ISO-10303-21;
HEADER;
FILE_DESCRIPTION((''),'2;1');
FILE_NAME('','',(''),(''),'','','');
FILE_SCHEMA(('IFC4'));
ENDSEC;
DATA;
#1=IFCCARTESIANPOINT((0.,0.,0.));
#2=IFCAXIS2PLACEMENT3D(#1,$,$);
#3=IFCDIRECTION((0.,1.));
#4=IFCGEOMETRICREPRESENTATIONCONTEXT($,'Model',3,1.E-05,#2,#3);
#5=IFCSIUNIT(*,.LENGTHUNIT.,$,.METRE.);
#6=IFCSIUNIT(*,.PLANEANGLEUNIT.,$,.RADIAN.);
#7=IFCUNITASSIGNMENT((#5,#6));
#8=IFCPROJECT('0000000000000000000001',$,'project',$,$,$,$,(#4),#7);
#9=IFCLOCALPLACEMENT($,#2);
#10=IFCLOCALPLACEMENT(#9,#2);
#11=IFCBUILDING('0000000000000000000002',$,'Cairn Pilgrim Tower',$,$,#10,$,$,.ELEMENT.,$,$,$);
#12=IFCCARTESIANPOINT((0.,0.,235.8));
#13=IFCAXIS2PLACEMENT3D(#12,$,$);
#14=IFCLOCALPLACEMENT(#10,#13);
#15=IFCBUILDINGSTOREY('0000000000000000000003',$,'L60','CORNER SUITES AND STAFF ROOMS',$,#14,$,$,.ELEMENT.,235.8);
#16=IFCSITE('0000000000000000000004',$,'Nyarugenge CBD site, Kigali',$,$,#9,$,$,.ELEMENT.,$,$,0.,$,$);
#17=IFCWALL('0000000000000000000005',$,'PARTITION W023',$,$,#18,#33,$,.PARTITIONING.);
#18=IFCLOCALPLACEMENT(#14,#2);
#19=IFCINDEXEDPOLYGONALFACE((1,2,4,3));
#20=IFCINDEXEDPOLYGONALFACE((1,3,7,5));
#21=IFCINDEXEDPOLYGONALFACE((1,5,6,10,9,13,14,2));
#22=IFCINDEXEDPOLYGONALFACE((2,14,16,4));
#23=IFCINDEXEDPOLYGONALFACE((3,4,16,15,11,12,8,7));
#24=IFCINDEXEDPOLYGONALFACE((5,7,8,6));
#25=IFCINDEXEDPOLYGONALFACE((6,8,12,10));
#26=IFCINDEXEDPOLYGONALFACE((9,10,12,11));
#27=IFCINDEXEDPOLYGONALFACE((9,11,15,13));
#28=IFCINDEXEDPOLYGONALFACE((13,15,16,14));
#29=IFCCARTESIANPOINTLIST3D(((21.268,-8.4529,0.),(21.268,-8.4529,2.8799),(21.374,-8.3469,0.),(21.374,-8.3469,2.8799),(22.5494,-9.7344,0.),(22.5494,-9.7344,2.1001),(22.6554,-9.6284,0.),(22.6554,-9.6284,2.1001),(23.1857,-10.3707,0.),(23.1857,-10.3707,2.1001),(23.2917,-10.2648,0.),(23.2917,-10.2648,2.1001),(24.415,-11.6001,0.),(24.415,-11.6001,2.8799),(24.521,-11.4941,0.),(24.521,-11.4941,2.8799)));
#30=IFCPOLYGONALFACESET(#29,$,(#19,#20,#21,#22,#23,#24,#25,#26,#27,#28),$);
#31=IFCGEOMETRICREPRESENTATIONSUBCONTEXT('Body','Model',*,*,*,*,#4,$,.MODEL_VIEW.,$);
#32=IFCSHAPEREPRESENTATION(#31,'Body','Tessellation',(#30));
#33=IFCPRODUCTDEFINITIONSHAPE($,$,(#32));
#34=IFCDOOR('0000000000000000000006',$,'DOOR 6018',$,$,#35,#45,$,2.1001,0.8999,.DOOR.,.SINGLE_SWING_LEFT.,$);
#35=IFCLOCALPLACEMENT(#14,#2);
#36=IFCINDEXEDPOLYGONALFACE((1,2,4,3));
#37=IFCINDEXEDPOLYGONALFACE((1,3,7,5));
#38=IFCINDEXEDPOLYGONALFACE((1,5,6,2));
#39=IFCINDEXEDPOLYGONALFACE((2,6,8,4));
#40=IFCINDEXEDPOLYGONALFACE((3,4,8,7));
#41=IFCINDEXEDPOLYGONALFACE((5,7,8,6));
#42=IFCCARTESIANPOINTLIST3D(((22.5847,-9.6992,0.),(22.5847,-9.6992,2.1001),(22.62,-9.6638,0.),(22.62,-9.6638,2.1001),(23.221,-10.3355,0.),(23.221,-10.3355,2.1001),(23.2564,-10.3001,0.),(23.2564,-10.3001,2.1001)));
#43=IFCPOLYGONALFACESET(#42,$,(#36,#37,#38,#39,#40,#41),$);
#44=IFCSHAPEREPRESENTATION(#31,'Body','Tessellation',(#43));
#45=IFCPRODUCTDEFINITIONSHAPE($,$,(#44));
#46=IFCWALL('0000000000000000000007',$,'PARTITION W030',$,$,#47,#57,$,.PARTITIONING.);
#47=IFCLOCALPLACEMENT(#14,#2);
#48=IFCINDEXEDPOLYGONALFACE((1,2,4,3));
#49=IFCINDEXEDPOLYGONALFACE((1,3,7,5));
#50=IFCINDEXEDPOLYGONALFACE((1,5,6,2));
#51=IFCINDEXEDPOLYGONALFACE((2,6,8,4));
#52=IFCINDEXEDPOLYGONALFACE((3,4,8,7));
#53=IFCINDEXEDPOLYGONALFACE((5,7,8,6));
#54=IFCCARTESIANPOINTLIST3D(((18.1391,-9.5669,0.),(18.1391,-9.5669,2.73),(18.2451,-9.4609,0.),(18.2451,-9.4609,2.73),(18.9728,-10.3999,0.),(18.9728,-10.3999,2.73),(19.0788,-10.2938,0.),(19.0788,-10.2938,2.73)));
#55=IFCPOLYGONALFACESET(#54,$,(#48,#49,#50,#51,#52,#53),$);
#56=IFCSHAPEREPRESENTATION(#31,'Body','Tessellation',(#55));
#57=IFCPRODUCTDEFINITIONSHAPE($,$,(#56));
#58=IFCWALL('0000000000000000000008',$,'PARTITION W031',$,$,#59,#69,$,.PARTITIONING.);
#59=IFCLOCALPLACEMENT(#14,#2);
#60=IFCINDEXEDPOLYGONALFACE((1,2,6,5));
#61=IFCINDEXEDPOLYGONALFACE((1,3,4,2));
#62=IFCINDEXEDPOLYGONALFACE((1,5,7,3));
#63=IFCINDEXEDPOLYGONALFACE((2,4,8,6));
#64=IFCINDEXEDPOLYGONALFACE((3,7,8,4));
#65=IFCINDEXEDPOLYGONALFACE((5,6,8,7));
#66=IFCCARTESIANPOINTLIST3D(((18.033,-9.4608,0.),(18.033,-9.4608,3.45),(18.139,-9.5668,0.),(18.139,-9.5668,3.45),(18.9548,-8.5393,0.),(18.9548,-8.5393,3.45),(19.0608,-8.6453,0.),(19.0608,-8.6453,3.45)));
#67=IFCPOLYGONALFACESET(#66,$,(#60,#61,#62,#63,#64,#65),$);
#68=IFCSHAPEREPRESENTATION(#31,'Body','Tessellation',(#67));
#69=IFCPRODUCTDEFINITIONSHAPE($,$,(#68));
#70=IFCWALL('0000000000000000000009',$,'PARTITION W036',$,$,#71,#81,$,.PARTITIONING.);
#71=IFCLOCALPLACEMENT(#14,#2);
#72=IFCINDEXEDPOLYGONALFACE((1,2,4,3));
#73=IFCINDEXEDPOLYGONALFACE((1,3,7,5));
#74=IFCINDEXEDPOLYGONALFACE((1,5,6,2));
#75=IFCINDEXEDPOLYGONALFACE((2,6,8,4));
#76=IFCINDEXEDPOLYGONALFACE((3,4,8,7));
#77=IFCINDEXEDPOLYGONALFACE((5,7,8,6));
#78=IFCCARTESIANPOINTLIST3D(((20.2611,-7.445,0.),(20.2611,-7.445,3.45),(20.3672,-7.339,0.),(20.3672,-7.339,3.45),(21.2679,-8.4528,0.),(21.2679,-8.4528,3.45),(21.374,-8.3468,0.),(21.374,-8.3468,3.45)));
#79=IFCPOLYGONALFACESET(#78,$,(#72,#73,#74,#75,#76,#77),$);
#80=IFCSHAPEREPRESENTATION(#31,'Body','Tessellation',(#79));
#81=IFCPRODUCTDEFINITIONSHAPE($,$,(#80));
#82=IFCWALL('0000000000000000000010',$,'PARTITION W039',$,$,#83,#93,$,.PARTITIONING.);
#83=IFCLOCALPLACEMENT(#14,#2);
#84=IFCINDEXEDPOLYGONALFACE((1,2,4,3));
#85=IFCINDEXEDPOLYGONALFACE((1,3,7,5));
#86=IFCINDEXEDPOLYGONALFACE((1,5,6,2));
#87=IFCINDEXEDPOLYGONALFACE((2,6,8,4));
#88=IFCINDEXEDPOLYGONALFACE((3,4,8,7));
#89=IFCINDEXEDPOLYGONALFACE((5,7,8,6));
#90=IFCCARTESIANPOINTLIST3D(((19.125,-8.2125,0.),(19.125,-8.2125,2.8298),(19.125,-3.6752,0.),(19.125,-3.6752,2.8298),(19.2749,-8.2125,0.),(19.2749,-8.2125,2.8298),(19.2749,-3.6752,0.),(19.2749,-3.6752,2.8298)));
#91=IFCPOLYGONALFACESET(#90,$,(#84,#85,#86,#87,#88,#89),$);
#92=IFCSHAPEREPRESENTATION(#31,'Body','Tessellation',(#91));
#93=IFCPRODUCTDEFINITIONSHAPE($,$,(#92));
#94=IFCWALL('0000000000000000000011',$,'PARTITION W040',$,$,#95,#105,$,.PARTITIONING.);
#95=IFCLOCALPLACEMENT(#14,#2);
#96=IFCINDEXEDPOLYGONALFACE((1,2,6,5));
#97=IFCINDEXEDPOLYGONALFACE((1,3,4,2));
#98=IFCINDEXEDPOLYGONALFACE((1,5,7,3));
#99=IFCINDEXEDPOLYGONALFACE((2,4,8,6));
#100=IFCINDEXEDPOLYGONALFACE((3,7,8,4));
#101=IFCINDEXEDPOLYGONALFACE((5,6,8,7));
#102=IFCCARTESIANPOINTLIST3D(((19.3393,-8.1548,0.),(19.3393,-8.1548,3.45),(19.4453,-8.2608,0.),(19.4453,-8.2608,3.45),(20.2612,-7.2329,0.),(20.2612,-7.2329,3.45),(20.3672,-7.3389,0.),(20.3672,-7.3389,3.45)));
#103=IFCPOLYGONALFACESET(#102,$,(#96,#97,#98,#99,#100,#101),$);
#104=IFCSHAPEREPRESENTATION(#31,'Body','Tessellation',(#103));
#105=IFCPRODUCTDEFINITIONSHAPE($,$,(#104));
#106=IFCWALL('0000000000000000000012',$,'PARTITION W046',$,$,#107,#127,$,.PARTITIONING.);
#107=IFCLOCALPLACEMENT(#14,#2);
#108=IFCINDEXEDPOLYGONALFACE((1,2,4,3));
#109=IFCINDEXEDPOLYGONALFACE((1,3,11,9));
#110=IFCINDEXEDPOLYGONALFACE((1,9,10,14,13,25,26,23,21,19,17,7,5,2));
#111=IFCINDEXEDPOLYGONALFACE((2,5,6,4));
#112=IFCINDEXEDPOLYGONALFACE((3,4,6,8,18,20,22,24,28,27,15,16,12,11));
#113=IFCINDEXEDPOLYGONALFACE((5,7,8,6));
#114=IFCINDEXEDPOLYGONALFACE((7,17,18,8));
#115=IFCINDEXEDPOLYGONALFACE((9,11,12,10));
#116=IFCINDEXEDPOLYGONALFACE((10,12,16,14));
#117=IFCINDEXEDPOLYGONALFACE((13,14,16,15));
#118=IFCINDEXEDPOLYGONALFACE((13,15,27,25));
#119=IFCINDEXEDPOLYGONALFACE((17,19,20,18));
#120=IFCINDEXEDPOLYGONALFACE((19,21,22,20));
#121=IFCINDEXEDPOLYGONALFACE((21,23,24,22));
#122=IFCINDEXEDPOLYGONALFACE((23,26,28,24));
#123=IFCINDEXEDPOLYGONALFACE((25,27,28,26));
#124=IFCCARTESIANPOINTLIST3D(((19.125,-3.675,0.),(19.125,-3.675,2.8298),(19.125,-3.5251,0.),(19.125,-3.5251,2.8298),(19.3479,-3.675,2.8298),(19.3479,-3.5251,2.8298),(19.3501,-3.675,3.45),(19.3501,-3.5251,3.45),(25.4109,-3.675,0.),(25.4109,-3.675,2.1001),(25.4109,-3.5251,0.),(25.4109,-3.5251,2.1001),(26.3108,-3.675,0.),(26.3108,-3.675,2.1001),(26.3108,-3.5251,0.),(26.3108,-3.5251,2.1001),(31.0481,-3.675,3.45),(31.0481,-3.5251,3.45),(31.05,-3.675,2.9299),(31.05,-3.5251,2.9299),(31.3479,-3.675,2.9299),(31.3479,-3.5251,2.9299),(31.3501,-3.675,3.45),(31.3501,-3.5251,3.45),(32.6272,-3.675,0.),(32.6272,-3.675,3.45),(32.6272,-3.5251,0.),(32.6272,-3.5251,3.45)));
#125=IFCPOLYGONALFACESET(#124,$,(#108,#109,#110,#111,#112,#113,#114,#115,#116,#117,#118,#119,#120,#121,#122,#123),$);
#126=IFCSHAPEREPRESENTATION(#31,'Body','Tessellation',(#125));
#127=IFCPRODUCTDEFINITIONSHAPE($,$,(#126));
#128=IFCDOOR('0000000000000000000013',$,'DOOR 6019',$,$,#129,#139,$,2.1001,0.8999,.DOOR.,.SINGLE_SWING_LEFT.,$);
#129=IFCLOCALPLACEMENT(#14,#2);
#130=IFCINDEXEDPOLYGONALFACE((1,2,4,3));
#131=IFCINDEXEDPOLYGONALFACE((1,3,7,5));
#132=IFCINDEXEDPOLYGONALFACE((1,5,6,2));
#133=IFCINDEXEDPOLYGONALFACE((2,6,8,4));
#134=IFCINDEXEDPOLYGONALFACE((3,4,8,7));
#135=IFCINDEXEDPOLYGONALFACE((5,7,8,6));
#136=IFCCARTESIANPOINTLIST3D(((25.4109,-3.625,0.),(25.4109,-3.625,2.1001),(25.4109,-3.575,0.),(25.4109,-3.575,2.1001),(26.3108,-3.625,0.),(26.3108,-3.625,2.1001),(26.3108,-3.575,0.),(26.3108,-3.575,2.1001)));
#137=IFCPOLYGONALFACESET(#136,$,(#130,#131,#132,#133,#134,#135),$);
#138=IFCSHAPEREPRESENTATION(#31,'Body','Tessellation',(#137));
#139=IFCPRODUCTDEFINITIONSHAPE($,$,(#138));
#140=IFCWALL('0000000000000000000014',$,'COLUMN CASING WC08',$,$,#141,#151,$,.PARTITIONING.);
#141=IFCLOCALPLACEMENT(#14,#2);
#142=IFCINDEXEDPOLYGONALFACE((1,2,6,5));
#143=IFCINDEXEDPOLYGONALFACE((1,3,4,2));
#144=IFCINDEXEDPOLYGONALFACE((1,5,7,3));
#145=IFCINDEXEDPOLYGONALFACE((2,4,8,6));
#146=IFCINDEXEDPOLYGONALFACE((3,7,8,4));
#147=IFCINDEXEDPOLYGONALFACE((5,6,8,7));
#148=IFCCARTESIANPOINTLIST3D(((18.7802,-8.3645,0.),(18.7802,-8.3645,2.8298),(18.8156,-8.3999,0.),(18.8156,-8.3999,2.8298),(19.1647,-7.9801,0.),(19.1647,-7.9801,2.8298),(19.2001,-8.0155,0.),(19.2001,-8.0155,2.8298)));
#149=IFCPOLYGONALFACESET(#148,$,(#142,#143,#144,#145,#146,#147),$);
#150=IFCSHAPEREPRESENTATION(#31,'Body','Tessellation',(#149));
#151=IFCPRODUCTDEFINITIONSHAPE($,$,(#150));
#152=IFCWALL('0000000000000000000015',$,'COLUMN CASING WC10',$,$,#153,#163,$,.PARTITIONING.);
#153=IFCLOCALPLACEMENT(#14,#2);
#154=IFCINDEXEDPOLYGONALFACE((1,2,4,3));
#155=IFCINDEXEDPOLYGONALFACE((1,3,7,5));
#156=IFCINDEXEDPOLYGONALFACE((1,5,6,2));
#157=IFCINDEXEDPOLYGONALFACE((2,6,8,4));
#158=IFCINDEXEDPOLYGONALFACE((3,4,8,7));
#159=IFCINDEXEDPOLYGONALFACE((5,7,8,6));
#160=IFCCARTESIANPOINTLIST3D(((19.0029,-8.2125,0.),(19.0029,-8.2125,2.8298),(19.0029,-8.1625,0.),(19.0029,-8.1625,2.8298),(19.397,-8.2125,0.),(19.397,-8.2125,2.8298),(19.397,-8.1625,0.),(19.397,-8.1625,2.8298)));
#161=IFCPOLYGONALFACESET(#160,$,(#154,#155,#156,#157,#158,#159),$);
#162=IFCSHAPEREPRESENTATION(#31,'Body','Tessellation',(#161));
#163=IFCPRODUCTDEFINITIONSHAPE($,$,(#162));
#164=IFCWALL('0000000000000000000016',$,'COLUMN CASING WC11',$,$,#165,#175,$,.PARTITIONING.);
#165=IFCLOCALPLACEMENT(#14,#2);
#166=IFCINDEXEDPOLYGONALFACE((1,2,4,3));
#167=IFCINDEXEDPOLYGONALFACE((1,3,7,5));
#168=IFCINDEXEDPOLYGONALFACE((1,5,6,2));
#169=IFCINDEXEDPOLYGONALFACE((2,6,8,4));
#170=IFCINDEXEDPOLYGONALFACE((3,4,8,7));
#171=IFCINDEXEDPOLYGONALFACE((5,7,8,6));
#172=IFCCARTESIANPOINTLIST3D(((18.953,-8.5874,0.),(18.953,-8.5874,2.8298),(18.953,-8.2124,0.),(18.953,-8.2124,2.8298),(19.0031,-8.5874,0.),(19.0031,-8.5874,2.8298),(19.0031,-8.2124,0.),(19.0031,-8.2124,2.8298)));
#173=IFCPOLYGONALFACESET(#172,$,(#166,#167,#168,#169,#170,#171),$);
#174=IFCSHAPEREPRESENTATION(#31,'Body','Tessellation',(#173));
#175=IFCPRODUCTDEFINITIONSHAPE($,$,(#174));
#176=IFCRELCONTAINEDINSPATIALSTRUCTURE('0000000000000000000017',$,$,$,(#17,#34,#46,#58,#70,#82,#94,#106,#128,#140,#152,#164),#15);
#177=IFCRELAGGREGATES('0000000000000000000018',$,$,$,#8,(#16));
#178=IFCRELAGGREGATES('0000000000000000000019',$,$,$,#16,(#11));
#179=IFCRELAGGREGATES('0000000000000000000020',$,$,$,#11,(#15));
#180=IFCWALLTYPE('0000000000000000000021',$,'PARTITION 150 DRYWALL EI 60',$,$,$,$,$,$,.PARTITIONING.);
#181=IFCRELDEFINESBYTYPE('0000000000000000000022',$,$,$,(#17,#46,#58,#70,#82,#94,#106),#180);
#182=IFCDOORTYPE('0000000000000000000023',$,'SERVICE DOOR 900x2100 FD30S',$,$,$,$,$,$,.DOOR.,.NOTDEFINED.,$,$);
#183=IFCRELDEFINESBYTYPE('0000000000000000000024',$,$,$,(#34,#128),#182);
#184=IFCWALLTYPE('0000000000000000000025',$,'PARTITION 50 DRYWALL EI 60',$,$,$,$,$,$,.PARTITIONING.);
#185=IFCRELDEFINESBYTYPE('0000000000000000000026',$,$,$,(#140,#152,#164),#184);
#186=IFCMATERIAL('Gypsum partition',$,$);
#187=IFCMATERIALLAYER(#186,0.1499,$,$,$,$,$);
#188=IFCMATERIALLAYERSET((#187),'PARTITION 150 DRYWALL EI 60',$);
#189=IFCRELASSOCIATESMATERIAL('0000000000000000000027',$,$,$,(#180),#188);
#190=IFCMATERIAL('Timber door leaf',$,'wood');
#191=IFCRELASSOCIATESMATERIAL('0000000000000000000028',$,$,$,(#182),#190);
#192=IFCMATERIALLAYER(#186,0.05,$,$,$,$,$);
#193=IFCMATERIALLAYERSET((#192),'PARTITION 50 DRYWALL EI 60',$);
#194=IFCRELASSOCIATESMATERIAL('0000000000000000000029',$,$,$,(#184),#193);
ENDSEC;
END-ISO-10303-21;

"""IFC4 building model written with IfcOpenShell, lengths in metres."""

from ifc_helpers import new_model, si_unit, direction, frame, frame_2d, origin, place, context, subcontext, project, spatial, polyline, rectangle, outline, extrude, material, layer, layer_set, type_object, element, fill, save


model = new_model("IFC4")

# Units and contexts
model_context = context("Model", 3, precision=1e-05, world=origin(), true_north=direction((0.0, 1.0)))
body_context = subcontext(model_context, "Body", "Model", "MODEL_VIEW")
ifc_project = project(units=[si_unit("LENGTHUNIT", "METRE"), si_unit("PLANEANGLEUNIT", "RADIAN")], contexts=[model_context])

# Site, building, storey
site_placement = place(None, origin())
site = spatial("IfcSite", under=ifc_project, at=site_placement, Name="Nyarugenge CBD site, Kigali", CompositionType="ELEMENT", RefElevation=0.0)
building_placement = place(site_placement, origin())
building = spatial("IfcBuilding", under=site, at=building_placement, Name="Cairn Pilgrim Tower", CompositionType="ELEMENT")
storey_placement = place(building_placement, frame((0.0, 0.0, 235.8)))
storey = spatial("IfcBuildingStorey", under=building, at=storey_placement, Name="L60", Description="CORNER SUITES AND STAFF ROOMS", CompositionType="ELEMENT", Elevation=235.8)

# Shared definitions
ifc_material_1 = material(Name="Gypsum partition")
ifc_layer_1 = layer(ifc_material_1, 0.1499)
ifc_layer_set_1 = layer_set([ifc_layer_1], Name="PARTITION 150 DRYWALL EI 60")
wall_type_1 = type_object("IfcWallType", Name="PARTITION 150 DRYWALL EI 60", PredefinedType="PARTITIONING", material=ifc_layer_set_1)
ifc_material_2 = material(Name="Timber door leaf", Category="wood")
door_type_1 = type_object("IfcDoorType", Name="SERVICE DOOR 900x2100 FD30S", OperationType="NOTDEFINED", PredefinedType="DOOR", material=ifc_material_2)

# Wall, opening, door
wall_1_placement = place(storey_placement, frame((24.468, -11.5471, 0.0), z_axis=(0.0, 0.0, 1.0), x_axis=(-0.707079, 0.707134, 0.0)))
wall_1 = element("IfcWall", 1, at=wall_1_placement, inside=storey, type_object=wall_type_1, Name="PARTITION W023", PredefinedType="PARTITIONING", context=body_context, shape_type="SweptSolid", body=[
    extrude(rectangle(XDim=4.4507, YDim=0.1499, at=frame_2d((2.2253, 0.0))), origin(), (0.0, 0.0, 1.0), 2.8799),
])
opening_1_placement = place(wall_1_placement, frame((1.7385, 0.0, 0.0)))
opening_1 = element("IfcOpeningElement", 2, at=opening_1_placement, cuts=wall_1, PredefinedType="OPENING", context=body_context, shape_type="SweptSolid", body=[
    extrude(rectangle(XDim=0.8999, YDim=2.1001, at=frame_2d((0.45, 1.05))), frame((0.0, 0.085, 0.0), z_axis=(0.0, -1.0, 0.0), x_axis=(1.0, 0.0, 0.0)), (0.0, 0.0, 1.0), 0.1699),
])
door_1_placement = place(opening_1_placement, frame((0.8999, 0.0, 0.0), z_axis=(0.0, 0.0, 1.0), x_axis=(-1.0, 0.0, 0.0)))
door_1 = element("IfcDoor", 3, at=door_1_placement, inside=storey, type_object=door_type_1, Name="DOOR 6018", OperationType="SINGLE_SWING_LEFT", OverallHeight=2.1001, OverallWidth=0.8999, PredefinedType="DOOR", context=body_context, shape_type="SweptSolid", body=[
    extrude(rectangle(XDim=0.8999, YDim=2.1001, at=frame_2d((0.45, 1.05))), frame((0.0, 0.0249, 0.0), z_axis=(0.0, -1.0, 0.0), x_axis=(1.0, 0.0, 0.0)), (0.0, 0.0, 1.0), 0.05),
])
fill(opening_1, door_1)

# Walls
wall_2_placement = place(storey_placement, frame((19.0259, -10.3469, 0.0), z_axis=(0.0, 0.0, 1.0), x_axis=(-0.707417, 0.706796, 0.0)))
element("IfcWall", 4, at=wall_2_placement, inside=storey, type_object=wall_type_1, Name="PARTITION W030", PredefinedType="PARTITIONING", context=body_context, shape_type="SweptSolid", body=[
    extrude(rectangle(XDim=1.1785, YDim=0.1499, at=frame_2d((0.5894, 0.0))), origin(), (0.0, 0.0, 1.0), 2.73),
])
wall_3_placement = place(storey_placement, frame((18.0859, -9.5139, 0.0), z_axis=(0.0, 0.0, 1.0), x_axis=(0.7072, 0.707013, 0.0)))
element("IfcWall", 5, at=wall_3_placement, inside=storey, type_object=wall_type_1, Name="PARTITION W031", PredefinedType="PARTITIONING", context=body_context, shape_type="SweptSolid", body=[
    extrude(rectangle(XDim=1.3035, YDim=0.1499, at=frame_2d((0.6519, 0.0))), origin(), (0.0, 0.0, 1.0), 3.45),
])
wall_4_placement = place(storey_placement, frame((21.321, -8.3999, 0.0), z_axis=(0.0, 0.0, 1.0), x_axis=(-0.706764, 0.707449, 0.0)))
element("IfcWall", 6, at=wall_4_placement, inside=storey, type_object=wall_type_1, Name="PARTITION W036", PredefinedType="PARTITIONING", context=body_context, shape_type="SweptSolid", body=[
    extrude(rectangle(XDim=1.4246, YDim=0.1499, at=frame_2d((0.7124, 0.0))), origin(), (0.0, 0.0, 1.0), 3.45),
])
wall_5_placement = place(storey_placement, frame((19.2, -8.2124, 0.0), z_axis=(0.0, 0.0, 1.0), x_axis=(0.0, 1.0, 0.0)))
element("IfcWall", 7, at=wall_5_placement, inside=storey, type_object=wall_type_1, Name="PARTITION W039", PredefinedType="PARTITIONING", context=body_context, shape_type="SweptSolid", body=[
    extrude(rectangle(XDim=4.5374, YDim=0.1499, at=frame_2d((2.2686, 0.0))), origin(), (0.0, 0.0, 1.0), 2.8298),
])
wall_6_placement = place(storey_placement, frame((19.3923, -8.2078, 0.0), z_axis=(0.0, 0.0, 1.0), x_axis=(0.707107, 0.707107, 0.0)))
element("IfcWall", 8, at=wall_6_placement, inside=storey, type_object=wall_type_1, Name="PARTITION W040", PredefinedType="PARTITIONING", context=body_context, shape_type="SweptSolid", body=[
    extrude(rectangle(XDim=1.3037, YDim=0.1499, at=frame_2d((0.6519, 0.0))), origin(), (0.0, 0.0, 1.0), 3.45),
])

# Wall, opening, door
wall_7_placement = place(storey_placement, frame((19.125, -3.6001, 0.0), z_axis=(0.0, 0.0, 1.0), x_axis=(1.0, 0.0, 0.0)))
wall_7 = element("IfcWall", 9, at=wall_7_placement, inside=storey, type_object=wall_type_1, Name="PARTITION W046", PredefinedType="PARTITIONING", context=body_context, shape_type="SweptSolid", body=[
    extrude(outline(polyline([(0.0, 0.0), (13.5022, 0.0), (13.5022, 3.45), (12.2251, 3.45), (12.2229, 2.9299), (11.925, 2.9299), (11.9231, 3.45), (0.2251, 3.45), (0.2229, 2.8298), (0.0, 2.8298), (0.0, 0.0)])), frame((0.0, 0.075, 0.0), z_axis=(0.0, -1.0, 0.0), x_axis=(1.0, 0.0, 0.0)), (0.0, 0.0, 1.0), 0.1499),
])
opening_2_placement = place(wall_7_placement, frame((6.2859, 0.0, 0.0)))
opening_2 = element("IfcOpeningElement", 10, at=opening_2_placement, cuts=wall_7, PredefinedType="OPENING", context=body_context, shape_type="SweptSolid", body=[
    extrude(rectangle(XDim=0.8999, YDim=2.1001, at=frame_2d((0.45, 1.05))), frame((0.0, 0.085, 0.0), z_axis=(0.0, -1.0, 0.0), x_axis=(1.0, 0.0, 0.0)), (0.0, 0.0, 1.0), 0.1699),
])
door_2_placement = place(opening_2_placement, frame((0.8999, 0.0, 0.0), z_axis=(0.0, 0.0, 1.0), x_axis=(-1.0, 0.0, 0.0)))
door_2 = element("IfcDoor", 11, at=door_2_placement, inside=storey, type_object=door_type_1, Name="DOOR 6019", OperationType="SINGLE_SWING_LEFT", OverallHeight=2.1001, OverallWidth=0.8999, PredefinedType="DOOR", context=body_context, shape_type="SweptSolid", body=[
    extrude(rectangle(XDim=0.8999, YDim=2.1001, at=frame_2d((0.45, 1.05))), frame((0.0, 0.0249, 0.0), z_axis=(0.0, -1.0, 0.0), x_axis=(1.0, 0.0, 0.0)), (0.0, 0.0, 1.0), 0.05),
])
fill(opening_2, door_2)

# Walls
ifc_layer_2 = layer(ifc_material_1, 0.05)
ifc_layer_set_2 = layer_set([ifc_layer_2], Name="PARTITION 50 DRYWALL EI 60")
wall_type_2 = type_object("IfcWallType", Name="PARTITION 50 DRYWALL EI 60", PredefinedType="PARTITIONING", material=ifc_layer_set_2)
wall_8_placement = place(storey_placement, frame((18.7979, -8.3823, 0.0), z_axis=(0.0, 0.0, 1.0), x_axis=(0.707107, 0.707107, 0.0)))
element("IfcWall", 12, at=wall_8_placement, inside=storey, type_object=wall_type_2, Name="COLUMN CASING WC08", PredefinedType="PARTITIONING", context=body_context, shape_type="SweptSolid", body=[
    extrude(rectangle(XDim=0.5437, YDim=0.05, at=frame_2d((0.272, 0.0))), origin(), (0.0, 0.0, 1.0), 2.8298),
])
wall_9_placement = place(storey_placement, frame((19.0029, -8.1875, 0.0), z_axis=(0.0, 0.0, 1.0), x_axis=(1.0, 0.0, 0.0)))
element("IfcWall", 13, at=wall_9_placement, inside=storey, type_object=wall_type_2, Name="COLUMN CASING WC10", PredefinedType="PARTITIONING", context=body_context, shape_type="SweptSolid", body=[
    extrude(rectangle(XDim=0.394, YDim=0.05, at=frame_2d((0.197, 0.0))), origin(), (0.0, 0.0, 1.0), 2.8298),
])
wall_10_placement = place(storey_placement, frame((18.978, -8.5874, 0.0), z_axis=(0.0, 0.0, 1.0), x_axis=(0.0, 1.0, 0.0)))
element("IfcWall", 14, at=wall_10_placement, inside=storey, type_object=wall_type_2, Name="COLUMN CASING WC11", PredefinedType="PARTITIONING", context=body_context, shape_type="SweptSolid", body=[
    extrude(rectangle(XDim=0.375, YDim=0.05, at=frame_2d((0.1875, 0.0))), origin(), (0.0, 0.0, 1.0), 2.8298),
])

save(model, "model.ifc")
